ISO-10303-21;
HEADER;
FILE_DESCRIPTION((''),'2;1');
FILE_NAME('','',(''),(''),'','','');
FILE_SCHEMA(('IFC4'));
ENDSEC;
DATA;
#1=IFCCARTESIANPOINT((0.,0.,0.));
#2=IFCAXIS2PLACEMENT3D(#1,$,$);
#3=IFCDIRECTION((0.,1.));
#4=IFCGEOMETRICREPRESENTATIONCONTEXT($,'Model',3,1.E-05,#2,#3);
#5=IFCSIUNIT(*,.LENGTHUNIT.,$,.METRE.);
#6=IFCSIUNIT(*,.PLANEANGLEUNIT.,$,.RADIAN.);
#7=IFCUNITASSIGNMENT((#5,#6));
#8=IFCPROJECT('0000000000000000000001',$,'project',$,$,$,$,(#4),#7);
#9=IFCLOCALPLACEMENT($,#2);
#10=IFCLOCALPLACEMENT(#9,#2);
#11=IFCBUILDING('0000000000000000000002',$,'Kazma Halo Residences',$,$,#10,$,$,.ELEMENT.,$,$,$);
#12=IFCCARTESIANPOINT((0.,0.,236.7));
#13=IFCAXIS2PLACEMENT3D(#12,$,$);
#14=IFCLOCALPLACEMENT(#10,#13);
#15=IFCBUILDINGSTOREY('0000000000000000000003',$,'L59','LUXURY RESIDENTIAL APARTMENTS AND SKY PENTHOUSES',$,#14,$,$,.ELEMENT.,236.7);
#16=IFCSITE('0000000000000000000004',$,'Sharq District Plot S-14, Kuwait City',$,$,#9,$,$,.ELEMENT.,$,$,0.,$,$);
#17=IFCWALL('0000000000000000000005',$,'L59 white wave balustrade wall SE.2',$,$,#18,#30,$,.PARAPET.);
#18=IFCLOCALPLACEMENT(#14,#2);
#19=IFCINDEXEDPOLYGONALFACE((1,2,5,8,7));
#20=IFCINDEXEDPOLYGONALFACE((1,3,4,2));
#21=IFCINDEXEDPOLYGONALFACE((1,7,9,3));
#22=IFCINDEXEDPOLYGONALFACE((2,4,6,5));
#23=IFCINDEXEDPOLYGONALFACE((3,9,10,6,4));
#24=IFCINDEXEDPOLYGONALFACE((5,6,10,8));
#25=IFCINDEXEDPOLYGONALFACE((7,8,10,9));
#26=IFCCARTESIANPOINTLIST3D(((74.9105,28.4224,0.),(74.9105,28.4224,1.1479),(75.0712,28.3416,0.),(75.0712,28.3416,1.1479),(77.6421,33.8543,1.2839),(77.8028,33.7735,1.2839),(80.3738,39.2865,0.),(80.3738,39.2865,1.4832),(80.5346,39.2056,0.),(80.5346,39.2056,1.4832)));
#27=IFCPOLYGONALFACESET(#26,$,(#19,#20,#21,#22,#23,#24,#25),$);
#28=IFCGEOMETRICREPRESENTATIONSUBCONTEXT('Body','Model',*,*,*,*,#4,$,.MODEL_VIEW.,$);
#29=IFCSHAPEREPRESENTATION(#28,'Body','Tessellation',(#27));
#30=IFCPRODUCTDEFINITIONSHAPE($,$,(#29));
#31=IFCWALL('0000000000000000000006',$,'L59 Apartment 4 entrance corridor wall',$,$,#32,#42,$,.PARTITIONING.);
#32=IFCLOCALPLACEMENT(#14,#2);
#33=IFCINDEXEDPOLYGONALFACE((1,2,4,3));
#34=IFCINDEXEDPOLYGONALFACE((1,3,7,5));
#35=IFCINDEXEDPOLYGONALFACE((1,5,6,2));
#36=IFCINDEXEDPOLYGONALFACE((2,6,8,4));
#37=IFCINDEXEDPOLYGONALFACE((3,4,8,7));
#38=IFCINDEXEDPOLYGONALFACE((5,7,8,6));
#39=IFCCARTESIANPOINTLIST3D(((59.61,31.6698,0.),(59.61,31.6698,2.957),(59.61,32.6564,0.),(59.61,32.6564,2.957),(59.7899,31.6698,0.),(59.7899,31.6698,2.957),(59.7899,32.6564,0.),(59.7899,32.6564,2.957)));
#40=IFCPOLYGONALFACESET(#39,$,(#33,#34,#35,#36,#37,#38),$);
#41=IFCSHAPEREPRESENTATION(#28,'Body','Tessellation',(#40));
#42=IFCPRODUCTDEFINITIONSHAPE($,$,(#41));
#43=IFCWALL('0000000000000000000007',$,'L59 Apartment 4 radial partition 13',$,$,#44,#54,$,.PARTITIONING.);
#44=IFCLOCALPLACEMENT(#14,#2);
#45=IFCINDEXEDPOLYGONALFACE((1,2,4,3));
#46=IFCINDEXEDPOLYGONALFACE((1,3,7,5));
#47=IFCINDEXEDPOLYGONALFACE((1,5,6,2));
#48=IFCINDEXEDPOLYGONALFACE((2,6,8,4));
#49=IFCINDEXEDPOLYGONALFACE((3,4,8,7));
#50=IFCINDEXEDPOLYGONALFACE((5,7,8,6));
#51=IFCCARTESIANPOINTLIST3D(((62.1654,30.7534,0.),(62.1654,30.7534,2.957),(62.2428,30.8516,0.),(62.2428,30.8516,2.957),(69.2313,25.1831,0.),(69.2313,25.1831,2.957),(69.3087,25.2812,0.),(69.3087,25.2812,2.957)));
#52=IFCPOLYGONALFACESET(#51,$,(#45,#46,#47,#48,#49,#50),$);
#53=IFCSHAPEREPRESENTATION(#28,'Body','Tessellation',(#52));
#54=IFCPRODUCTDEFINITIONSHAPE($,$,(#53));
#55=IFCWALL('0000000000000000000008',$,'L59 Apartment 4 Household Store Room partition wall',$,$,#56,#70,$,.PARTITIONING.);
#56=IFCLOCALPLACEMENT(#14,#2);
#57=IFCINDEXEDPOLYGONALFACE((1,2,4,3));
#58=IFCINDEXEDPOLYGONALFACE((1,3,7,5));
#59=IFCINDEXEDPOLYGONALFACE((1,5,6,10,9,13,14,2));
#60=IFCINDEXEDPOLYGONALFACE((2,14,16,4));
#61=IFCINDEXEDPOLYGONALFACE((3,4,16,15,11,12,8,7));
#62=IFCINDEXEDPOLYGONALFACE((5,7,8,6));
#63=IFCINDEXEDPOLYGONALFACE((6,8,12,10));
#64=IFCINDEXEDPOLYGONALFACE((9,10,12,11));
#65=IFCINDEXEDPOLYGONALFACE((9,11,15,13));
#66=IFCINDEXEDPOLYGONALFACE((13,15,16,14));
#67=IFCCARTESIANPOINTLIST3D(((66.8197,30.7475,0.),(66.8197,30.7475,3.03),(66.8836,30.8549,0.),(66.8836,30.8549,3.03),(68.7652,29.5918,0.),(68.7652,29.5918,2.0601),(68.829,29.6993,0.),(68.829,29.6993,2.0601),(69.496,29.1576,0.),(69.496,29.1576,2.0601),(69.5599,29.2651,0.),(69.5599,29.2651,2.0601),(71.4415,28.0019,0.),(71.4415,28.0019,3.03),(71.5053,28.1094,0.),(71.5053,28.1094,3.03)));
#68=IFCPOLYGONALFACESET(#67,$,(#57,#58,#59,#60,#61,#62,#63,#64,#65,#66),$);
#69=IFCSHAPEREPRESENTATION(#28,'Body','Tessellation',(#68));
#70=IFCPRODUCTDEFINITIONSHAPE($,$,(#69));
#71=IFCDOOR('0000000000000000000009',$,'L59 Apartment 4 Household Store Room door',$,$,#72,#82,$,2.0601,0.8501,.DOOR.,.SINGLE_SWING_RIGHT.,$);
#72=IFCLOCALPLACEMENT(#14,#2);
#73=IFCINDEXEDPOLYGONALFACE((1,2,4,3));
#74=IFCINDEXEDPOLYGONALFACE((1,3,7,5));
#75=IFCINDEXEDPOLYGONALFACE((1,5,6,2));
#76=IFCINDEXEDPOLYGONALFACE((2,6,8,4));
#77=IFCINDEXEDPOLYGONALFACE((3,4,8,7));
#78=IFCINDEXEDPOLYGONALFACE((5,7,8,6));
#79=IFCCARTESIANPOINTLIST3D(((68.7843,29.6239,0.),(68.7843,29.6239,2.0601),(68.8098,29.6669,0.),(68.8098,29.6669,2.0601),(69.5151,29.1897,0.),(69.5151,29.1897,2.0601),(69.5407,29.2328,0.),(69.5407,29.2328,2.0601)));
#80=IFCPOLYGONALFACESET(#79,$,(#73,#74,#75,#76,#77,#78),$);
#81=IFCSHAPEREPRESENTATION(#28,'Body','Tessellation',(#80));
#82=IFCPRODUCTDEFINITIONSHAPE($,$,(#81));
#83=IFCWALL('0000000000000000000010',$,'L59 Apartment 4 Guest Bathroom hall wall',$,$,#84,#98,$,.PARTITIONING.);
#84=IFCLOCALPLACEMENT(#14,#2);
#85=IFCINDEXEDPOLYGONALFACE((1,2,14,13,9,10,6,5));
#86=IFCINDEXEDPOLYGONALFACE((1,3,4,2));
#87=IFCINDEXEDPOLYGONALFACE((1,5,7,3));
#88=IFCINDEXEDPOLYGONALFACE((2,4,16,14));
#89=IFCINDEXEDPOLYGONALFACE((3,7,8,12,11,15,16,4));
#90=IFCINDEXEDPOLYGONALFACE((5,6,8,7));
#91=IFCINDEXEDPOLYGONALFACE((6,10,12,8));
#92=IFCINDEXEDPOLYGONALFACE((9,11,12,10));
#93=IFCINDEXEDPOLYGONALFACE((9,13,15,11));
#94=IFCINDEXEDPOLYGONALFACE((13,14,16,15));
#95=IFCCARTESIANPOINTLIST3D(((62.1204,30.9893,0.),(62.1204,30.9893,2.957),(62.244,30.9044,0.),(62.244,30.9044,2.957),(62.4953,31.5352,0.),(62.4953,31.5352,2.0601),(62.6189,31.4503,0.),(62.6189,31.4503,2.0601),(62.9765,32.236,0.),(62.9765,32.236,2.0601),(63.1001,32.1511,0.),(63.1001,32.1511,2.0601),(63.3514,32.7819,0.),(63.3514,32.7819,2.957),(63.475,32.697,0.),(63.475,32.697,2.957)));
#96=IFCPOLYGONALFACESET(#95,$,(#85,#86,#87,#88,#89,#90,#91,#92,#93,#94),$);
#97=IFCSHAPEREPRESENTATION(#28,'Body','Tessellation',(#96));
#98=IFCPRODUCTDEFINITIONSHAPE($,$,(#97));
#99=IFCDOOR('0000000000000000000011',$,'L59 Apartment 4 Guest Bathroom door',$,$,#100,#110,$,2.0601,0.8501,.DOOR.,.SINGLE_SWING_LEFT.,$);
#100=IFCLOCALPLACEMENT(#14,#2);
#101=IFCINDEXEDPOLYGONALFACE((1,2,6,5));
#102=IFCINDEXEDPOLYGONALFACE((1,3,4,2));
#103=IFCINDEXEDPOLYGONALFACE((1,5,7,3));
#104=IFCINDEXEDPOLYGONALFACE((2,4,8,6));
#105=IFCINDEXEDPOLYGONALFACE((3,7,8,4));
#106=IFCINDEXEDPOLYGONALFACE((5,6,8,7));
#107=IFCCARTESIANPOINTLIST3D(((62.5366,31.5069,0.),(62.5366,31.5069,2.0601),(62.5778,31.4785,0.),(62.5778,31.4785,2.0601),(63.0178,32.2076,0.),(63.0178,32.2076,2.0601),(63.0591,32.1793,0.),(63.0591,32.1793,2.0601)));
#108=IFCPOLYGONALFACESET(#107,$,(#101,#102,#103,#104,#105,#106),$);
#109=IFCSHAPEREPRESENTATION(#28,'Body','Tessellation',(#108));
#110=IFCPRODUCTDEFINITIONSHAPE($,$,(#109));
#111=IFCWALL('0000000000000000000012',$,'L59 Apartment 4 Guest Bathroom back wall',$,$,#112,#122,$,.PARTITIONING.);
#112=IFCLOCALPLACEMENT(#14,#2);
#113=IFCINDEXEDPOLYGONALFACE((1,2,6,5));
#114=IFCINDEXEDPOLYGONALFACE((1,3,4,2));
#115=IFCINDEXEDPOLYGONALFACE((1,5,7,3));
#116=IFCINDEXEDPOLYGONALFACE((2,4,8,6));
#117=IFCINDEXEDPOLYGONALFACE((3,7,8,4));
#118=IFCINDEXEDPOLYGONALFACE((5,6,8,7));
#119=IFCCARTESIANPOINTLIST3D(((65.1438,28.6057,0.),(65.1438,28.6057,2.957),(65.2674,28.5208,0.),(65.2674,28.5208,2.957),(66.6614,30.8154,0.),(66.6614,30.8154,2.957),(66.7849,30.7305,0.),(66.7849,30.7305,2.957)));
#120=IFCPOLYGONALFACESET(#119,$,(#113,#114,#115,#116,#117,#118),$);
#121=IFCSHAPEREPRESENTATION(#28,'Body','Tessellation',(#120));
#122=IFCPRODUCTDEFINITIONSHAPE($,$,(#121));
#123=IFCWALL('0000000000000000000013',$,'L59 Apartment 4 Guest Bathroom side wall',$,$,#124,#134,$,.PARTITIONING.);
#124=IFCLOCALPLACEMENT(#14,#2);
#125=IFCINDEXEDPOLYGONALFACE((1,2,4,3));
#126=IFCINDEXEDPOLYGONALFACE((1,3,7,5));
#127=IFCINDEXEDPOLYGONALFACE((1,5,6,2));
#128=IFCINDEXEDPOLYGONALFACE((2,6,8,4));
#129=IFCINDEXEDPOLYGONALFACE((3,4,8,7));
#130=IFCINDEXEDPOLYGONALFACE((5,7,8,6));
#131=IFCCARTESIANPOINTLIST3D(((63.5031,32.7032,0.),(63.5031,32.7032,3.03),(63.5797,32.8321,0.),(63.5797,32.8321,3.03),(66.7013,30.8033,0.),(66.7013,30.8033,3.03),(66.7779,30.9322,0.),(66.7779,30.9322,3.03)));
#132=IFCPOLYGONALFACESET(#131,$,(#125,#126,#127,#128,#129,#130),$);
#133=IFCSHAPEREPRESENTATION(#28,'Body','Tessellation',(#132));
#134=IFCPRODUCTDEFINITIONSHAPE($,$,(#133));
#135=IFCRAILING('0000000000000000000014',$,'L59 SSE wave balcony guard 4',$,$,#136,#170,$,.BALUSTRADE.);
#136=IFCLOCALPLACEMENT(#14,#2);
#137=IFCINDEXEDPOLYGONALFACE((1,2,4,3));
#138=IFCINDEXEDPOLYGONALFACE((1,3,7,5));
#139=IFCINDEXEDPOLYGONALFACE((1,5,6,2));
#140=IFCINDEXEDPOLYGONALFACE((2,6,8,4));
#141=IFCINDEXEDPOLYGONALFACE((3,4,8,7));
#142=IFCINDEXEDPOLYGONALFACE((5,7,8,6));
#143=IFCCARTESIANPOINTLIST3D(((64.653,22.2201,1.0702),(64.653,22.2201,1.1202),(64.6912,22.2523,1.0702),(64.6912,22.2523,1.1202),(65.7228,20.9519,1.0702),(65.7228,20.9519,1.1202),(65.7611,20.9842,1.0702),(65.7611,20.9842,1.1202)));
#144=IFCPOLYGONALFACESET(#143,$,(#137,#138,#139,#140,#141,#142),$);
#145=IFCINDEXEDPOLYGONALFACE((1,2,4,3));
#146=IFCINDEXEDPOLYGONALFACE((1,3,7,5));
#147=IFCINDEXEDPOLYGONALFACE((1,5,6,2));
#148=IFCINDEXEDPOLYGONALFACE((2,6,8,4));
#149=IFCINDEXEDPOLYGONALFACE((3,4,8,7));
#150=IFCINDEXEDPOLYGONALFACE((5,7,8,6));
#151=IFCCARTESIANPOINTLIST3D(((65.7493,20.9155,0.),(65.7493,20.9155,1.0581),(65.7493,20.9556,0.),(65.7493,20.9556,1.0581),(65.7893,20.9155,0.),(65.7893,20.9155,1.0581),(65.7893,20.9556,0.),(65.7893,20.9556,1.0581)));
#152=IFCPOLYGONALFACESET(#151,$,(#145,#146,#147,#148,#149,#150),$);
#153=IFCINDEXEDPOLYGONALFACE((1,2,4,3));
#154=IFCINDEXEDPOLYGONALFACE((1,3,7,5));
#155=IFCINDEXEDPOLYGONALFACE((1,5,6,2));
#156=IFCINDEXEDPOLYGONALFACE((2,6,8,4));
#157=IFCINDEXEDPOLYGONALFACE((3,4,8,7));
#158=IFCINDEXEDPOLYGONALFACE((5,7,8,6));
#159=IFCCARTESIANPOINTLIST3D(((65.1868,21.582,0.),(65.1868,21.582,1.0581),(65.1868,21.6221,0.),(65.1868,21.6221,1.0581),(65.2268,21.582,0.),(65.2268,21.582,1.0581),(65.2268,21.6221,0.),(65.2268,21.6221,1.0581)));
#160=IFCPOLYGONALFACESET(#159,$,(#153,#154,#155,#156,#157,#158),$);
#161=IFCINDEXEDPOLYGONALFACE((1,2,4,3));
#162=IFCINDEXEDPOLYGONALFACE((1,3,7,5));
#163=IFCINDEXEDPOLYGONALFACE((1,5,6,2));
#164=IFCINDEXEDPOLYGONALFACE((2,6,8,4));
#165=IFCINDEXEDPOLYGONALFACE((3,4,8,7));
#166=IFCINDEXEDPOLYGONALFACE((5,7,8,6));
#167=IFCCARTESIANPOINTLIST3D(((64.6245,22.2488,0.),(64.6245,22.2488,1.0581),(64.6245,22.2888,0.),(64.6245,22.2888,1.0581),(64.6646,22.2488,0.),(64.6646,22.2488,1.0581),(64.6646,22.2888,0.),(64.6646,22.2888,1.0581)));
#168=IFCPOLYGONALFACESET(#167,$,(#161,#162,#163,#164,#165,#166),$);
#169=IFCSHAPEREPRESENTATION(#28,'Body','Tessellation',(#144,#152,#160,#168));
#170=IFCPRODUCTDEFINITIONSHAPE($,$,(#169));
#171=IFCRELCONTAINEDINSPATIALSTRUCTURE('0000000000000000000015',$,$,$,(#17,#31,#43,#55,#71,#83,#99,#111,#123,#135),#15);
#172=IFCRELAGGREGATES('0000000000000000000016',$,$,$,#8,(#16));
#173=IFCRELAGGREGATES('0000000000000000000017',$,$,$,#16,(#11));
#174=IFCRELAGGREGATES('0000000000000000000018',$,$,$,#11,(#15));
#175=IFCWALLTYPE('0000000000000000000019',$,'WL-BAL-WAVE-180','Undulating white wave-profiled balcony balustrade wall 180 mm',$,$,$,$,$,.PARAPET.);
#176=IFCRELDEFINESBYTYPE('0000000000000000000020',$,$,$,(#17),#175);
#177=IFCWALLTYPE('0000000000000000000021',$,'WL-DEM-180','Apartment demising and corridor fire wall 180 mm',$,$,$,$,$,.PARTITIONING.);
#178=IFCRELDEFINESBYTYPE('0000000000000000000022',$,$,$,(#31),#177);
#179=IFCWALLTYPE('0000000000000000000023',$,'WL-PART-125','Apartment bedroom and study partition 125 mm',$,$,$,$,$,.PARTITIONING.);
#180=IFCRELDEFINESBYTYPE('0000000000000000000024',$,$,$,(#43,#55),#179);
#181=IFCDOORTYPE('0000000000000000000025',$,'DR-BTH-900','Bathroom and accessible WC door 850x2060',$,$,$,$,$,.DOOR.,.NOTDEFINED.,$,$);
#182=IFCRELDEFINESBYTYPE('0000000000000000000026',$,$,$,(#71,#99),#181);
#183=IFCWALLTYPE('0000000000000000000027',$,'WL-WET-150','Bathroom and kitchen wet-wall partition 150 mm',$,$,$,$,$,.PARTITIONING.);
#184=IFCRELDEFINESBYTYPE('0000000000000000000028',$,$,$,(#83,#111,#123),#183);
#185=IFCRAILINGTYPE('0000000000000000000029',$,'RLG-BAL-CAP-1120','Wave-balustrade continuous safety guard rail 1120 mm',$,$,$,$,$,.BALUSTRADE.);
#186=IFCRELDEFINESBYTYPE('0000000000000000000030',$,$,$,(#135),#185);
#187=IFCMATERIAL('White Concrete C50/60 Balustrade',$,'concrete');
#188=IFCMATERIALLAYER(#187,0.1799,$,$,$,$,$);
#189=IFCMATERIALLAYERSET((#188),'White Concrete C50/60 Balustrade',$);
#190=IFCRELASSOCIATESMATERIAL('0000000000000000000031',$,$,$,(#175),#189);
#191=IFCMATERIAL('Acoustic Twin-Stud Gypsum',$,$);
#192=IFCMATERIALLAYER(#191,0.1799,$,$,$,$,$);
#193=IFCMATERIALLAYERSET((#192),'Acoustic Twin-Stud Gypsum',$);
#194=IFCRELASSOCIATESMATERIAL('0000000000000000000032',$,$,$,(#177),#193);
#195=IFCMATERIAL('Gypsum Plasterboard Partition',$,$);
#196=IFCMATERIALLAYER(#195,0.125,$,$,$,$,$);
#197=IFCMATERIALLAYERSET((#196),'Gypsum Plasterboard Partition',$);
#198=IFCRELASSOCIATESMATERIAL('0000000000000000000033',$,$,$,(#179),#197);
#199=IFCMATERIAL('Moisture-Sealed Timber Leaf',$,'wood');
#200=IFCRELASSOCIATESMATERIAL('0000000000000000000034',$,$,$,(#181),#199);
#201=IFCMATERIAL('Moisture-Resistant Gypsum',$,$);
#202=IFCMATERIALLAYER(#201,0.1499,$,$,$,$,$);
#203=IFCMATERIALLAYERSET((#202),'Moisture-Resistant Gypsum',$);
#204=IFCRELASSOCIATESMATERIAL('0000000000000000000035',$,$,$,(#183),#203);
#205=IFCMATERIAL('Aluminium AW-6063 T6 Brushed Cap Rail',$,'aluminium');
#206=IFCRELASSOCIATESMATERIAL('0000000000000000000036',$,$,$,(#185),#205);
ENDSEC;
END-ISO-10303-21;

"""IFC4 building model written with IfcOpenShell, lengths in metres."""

from ifc_helpers import new_model, si_unit, direction, frame, frame_2d, origin, origin_2d, place, context, subcontext, project, spatial, polyline, rectangle, outline, extrude, material, layer, layer_set, type_object, element, fill, save


model = new_model("IFC4")

# Units and contexts
model_context = context("Model", 3, precision=1e-05, world=origin(), true_north=direction((0.0, 1.0)))
body_context = subcontext(model_context, "Body", "Model", "MODEL_VIEW")
ifc_project = project(units=[si_unit("LENGTHUNIT", "METRE"), si_unit("PLANEANGLEUNIT", "RADIAN")], contexts=[model_context])

# Site, building, storey
site_placement = place(None, origin())
site = spatial("IfcSite", under=ifc_project, at=site_placement, Name="Sharq District Plot S-14, Kuwait City", CompositionType="ELEMENT", RefElevation=0.0)
building_placement = place(site_placement, origin())
building = spatial("IfcBuilding", under=site, at=building_placement, Name="Kazma Halo Residences", CompositionType="ELEMENT")
storey_placement = place(building_placement, frame((0.0, 0.0, 236.7)))
storey = spatial("IfcBuildingStorey", under=building, at=storey_placement, Name="L59", Description="LUXURY RESIDENTIAL APARTMENTS AND SKY PENTHOUSES", CompositionType="ELEMENT", Elevation=236.7)

# Walls
ifc_material_1 = material(Name="White Concrete C50/60 Balustrade", Category="concrete")
ifc_layer_1 = layer(ifc_material_1, 0.1799)
ifc_layer_set_1 = layer_set([ifc_layer_1], Name="White Concrete C50/60 Balustrade")
wall_type_1 = type_object("IfcWallType", Name="WL-BAL-WAVE-180", Description="Undulating white wave-profiled balcony balustrade wall 180 mm", PredefinedType="PARAPET", material=ifc_layer_set_1)
wall_1_placement = place(storey_placement, frame((74.9907, 28.3821, 0.0), z_axis=(0.0, 0.0, 1.0), x_axis=(0.449276, 0.893393, 0.0)))
element("IfcWall", 1, at=wall_1_placement, inside=storey, type_object=wall_type_1, Name="L59 white wave balustrade wall SE.2", PredefinedType="PARAPET", context=body_context, shape_type="SweptSolid", body=[
    extrude(outline(polyline([(0.0, 0.0), (12.1604, 0.0), (12.1604, 1.4832), (6.0801, 1.2839), (0.0, 1.1479), (0.0, 0.0)])), frame((0.0, 0.0898, 0.0), z_axis=(0.0, -1.0, 0.0), x_axis=(1.0, 0.0, 0.0)), (0.0, 0.0, 1.0), 0.1799),
])
ifc_material_2 = material(Name="Acoustic Twin-Stud Gypsum")
ifc_layer_2 = layer(ifc_material_2, 0.1799)
ifc_layer_set_2 = layer_set([ifc_layer_2], Name="Acoustic Twin-Stud Gypsum")
wall_type_2 = type_object("IfcWallType", Name="WL-DEM-180", Description="Apartment demising and corridor fire wall 180 mm", PredefinedType="PARTITIONING", material=ifc_layer_set_2)
wall_2_placement = place(storey_placement, frame((59.7, 31.6699, 0.0), z_axis=(0.0, 0.0, 1.0), x_axis=(0.0, 1.0, 0.0)))
element("IfcWall", 2, at=wall_2_placement, inside=storey, type_object=wall_type_2, Name="L59 Apartment 4 entrance corridor wall", PredefinedType="PARTITIONING", context=body_context, shape_type="SweptSolid", body=[
    extrude(rectangle(XDim=0.9866, YDim=0.1799, at=frame_2d((0.4932, 0.0))), origin(), (0.0, 0.0, 1.0), 2.957),
])

# Wall
ifc_material_3 = material(Name="Gypsum Plasterboard Partition")
ifc_layer_3 = layer(ifc_material_3, 0.125)
ifc_layer_set_3 = layer_set([ifc_layer_3], Name="Gypsum Plasterboard Partition")
wall_type_3 = type_object("IfcWallType", Name="WL-PART-125", Description="Apartment bedroom and study partition 125 mm", PredefinedType="PARTITIONING", material=ifc_layer_set_3)
wall_3_placement = place(storey_placement, frame((62.2041, 30.8025, 0.0), z_axis=(0.0, 0.0, 1.0), x_axis=(0.785317, -0.619093, 0.0)))
element("IfcWall", 3, at=wall_3_placement, inside=storey, type_object=wall_type_3, Name="L59 Apartment 4 radial partition 13", PredefinedType="PARTITIONING", context=body_context, shape_type="SweptSolid", body=[
    extrude(rectangle(XDim=8.9976, YDim=0.125, at=frame_2d((4.4988, 0.0))), origin(), (0.0, 0.0, 1.0), 2.957),
])

# Walls, openings, doors
wall_4_placement = place(storey_placement, frame((66.8516, 30.8013, 0.0), z_axis=(0.0, 0.0, 1.0), x_axis=(0.859741, -0.510731, 0.0)))
wall_4 = element("IfcWall", 4, at=wall_4_placement, inside=storey, type_object=wall_type_3, Name="L59 Apartment 4 Household Store Room partition wall", PredefinedType="PARTITIONING", context=body_context, shape_type="SweptSolid", body=[
    extrude(rectangle(XDim=5.3757, YDim=0.125, at=frame_2d((2.688, 0.0))), origin(), (0.0, 0.0, 1.0), 3.03),
])
opening_1_placement = place(wall_4_placement, frame((2.2629, 0.0, 0.0)))
opening_1 = element("IfcOpeningElement", 5, at=opening_1_placement, cuts=wall_4, PredefinedType="OPENING", context=body_context, shape_type="SweptSolid", body=[
    extrude(rectangle(XDim=0.8501, YDim=2.0601, at=frame_2d((0.425, 1.03))), frame((0.0, 0.0725, 0.0), z_axis=(0.0, -1.0, 0.0), x_axis=(1.0, 0.0, 0.0)), (0.0, 0.0, 1.0), 0.145),
])
ifc_material_4 = material(Name="Moisture-Sealed Timber Leaf", Category="wood")
door_type_1 = type_object("IfcDoorType", Name="DR-BTH-900", Description="Bathroom and accessible WC door 850x2060", OperationType="NOTDEFINED", PredefinedType="DOOR", material=ifc_material_4)
door_1_placement = place(opening_1_placement, origin())
door_1 = element("IfcDoor", 6, at=door_1_placement, inside=storey, type_object=door_type_1, Name="L59 Apartment 4 Household Store Room door", OperationType="SINGLE_SWING_RIGHT", OverallHeight=2.0601, OverallWidth=0.8501, PredefinedType="DOOR", context=body_context, shape_type="SweptSolid", body=[
    extrude(rectangle(XDim=0.8501, YDim=2.0601, at=frame_2d((0.425, 1.03))), frame((0.0, 0.0249, 0.0), z_axis=(0.0, -1.0, 0.0), x_axis=(1.0, 0.0, 0.0)), (0.0, 0.0, 1.0), 0.05),
])
fill(opening_1, door_1)
ifc_material_5 = material(Name="Moisture-Resistant Gypsum")
ifc_layer_4 = layer(ifc_material_5, 0.1499)
ifc_layer_set_4 = layer_set([ifc_layer_4], Name="Moisture-Resistant Gypsum")
wall_type_4 = type_object("IfcWallType", Name="WL-WET-150", Description="Bathroom and kitchen wet-wall partition 150 mm", PredefinedType="PARTITIONING", material=ifc_layer_set_4)
wall_5_placement = place(storey_placement, frame((62.1821, 30.9468, 0.0), z_axis=(0.0, 0.0, 1.0), x_axis=(0.5661, 0.824337, 0.0)))
wall_5 = element("IfcWall", 7, at=wall_5_placement, inside=storey, type_object=wall_type_4, Name="L59 Apartment 4 Guest Bathroom hall wall", PredefinedType="PARTITIONING", context=body_context, shape_type="SweptSolid", body=[
    extrude(rectangle(XDim=2.1746, YDim=0.1499, at=frame_2d((1.0874, 0.0))), origin(), (0.0, 0.0, 1.0), 2.957),
])
opening_2_placement = place(wall_5_placement, frame((0.6624, 0.0, 0.0)))
opening_2 = element("IfcOpeningElement", 8, at=opening_2_placement, cuts=wall_5, PredefinedType="OPENING", context=body_context, shape_type="SweptSolid", body=[
    extrude(rectangle(XDim=0.8501, YDim=2.0601, at=frame_2d((0.425, 1.03))), frame((0.0, 0.085, 0.0), z_axis=(0.0, -1.0, 0.0), x_axis=(1.0, 0.0, 0.0)), (0.0, 0.0, 1.0), 0.1699),
])
door_2_placement = place(opening_2_placement, origin())
door_2 = element("IfcDoor", 9, at=door_2_placement, inside=storey, type_object=door_type_1, Name="L59 Apartment 4 Guest Bathroom door", OperationType="SINGLE_SWING_LEFT", OverallHeight=2.0601, OverallWidth=0.8501, PredefinedType="DOOR", context=body_context, shape_type="SweptSolid", body=[
    extrude(rectangle(XDim=0.8501, YDim=2.0601, at=frame_2d((0.425, 1.03))), frame((0.0, 0.0249, 0.0), z_axis=(0.0, -1.0, 0.0), x_axis=(1.0, 0.0, 0.0)), (0.0, 0.0, 1.0), 0.05),
])
fill(opening_2, door_2)

# Walls
wall_6_placement = place(storey_placement, frame((65.2056, 28.5632, 0.0), z_axis=(0.0, 0.0, 1.0), x_axis=(0.566123, 0.824321, 0.0)))
element("IfcWall", 10, at=wall_6_placement, inside=storey, type_object=wall_type_4, Name="L59 Apartment 4 Guest Bathroom back wall", PredefinedType="PARTITIONING", context=body_context, shape_type="SweptSolid", body=[
    extrude(rectangle(XDim=2.6807, YDim=0.1499, at=frame_2d((1.3403, 0.0))), origin(), (0.0, 0.0, 1.0), 2.957),
])
wall_7_placement = place(storey_placement, frame((63.5415, 32.7676, 0.0), z_axis=(0.0, 0.0, 1.0), x_axis=(0.859743, -0.510727, 0.0)))
element("IfcWall", 11, at=wall_7_placement, inside=storey, type_object=wall_type_4, Name="L59 Apartment 4 Guest Bathroom side wall", PredefinedType="PARTITIONING", context=body_context, shape_type="SweptSolid", body=[
    extrude(rectangle(XDim=3.72, YDim=0.1499, at=frame_2d((1.8599, 0.0))), origin(), (0.0, 0.0, 1.0), 3.03),
])

# Railing
ifc_material_6 = material(Name="Aluminium AW-6063 T6 Brushed Cap Rail", Category="aluminium")
railing_type = type_object("IfcRailingType", Name="RLG-BAL-CAP-1120", Description="Wave-balustrade continuous safety guard rail 1120 mm", PredefinedType="BALUSTRADE", material=ifc_material_6)
railing_1_placement = place(storey_placement, frame((65.7693, 20.9355, 0.0)))
element("IfcRailing", 12, at=railing_1_placement, inside=storey, type_object=railing_type, Name="L59 SSE wave balcony guard 4", PredefinedType="BALUSTRADE", context=body_context, shape_type="SweptSolid", body=[
    extrude(rectangle(XDim=0.05, YDim=0.05, at=origin_2d()), frame((-0.0273, 0.0325, 1.0952), z_axis=(-0.644812, 0.764341, 0.0), x_axis=(-0.764341, -0.644812, 0.0)), (0.0, 0.0, 1.0), 1.6592),
    extrude(rectangle(XDim=0.04, YDim=0.04, at=origin_2d()), origin(), (0.0, 0.0, 1.0), 1.0581),
    extrude(rectangle(XDim=0.04, YDim=0.04, at=origin_2d()), frame((-0.5625, 0.6665, 0.0)), (0.0, 0.0, 1.0), 1.0581),
    extrude(rectangle(XDim=0.04, YDim=0.04, at=origin_2d()), frame((-1.1248, 1.3333, 0.0)), (0.0, 0.0, 1.0), 1.0581),
])

save(model, "model.ifc")
